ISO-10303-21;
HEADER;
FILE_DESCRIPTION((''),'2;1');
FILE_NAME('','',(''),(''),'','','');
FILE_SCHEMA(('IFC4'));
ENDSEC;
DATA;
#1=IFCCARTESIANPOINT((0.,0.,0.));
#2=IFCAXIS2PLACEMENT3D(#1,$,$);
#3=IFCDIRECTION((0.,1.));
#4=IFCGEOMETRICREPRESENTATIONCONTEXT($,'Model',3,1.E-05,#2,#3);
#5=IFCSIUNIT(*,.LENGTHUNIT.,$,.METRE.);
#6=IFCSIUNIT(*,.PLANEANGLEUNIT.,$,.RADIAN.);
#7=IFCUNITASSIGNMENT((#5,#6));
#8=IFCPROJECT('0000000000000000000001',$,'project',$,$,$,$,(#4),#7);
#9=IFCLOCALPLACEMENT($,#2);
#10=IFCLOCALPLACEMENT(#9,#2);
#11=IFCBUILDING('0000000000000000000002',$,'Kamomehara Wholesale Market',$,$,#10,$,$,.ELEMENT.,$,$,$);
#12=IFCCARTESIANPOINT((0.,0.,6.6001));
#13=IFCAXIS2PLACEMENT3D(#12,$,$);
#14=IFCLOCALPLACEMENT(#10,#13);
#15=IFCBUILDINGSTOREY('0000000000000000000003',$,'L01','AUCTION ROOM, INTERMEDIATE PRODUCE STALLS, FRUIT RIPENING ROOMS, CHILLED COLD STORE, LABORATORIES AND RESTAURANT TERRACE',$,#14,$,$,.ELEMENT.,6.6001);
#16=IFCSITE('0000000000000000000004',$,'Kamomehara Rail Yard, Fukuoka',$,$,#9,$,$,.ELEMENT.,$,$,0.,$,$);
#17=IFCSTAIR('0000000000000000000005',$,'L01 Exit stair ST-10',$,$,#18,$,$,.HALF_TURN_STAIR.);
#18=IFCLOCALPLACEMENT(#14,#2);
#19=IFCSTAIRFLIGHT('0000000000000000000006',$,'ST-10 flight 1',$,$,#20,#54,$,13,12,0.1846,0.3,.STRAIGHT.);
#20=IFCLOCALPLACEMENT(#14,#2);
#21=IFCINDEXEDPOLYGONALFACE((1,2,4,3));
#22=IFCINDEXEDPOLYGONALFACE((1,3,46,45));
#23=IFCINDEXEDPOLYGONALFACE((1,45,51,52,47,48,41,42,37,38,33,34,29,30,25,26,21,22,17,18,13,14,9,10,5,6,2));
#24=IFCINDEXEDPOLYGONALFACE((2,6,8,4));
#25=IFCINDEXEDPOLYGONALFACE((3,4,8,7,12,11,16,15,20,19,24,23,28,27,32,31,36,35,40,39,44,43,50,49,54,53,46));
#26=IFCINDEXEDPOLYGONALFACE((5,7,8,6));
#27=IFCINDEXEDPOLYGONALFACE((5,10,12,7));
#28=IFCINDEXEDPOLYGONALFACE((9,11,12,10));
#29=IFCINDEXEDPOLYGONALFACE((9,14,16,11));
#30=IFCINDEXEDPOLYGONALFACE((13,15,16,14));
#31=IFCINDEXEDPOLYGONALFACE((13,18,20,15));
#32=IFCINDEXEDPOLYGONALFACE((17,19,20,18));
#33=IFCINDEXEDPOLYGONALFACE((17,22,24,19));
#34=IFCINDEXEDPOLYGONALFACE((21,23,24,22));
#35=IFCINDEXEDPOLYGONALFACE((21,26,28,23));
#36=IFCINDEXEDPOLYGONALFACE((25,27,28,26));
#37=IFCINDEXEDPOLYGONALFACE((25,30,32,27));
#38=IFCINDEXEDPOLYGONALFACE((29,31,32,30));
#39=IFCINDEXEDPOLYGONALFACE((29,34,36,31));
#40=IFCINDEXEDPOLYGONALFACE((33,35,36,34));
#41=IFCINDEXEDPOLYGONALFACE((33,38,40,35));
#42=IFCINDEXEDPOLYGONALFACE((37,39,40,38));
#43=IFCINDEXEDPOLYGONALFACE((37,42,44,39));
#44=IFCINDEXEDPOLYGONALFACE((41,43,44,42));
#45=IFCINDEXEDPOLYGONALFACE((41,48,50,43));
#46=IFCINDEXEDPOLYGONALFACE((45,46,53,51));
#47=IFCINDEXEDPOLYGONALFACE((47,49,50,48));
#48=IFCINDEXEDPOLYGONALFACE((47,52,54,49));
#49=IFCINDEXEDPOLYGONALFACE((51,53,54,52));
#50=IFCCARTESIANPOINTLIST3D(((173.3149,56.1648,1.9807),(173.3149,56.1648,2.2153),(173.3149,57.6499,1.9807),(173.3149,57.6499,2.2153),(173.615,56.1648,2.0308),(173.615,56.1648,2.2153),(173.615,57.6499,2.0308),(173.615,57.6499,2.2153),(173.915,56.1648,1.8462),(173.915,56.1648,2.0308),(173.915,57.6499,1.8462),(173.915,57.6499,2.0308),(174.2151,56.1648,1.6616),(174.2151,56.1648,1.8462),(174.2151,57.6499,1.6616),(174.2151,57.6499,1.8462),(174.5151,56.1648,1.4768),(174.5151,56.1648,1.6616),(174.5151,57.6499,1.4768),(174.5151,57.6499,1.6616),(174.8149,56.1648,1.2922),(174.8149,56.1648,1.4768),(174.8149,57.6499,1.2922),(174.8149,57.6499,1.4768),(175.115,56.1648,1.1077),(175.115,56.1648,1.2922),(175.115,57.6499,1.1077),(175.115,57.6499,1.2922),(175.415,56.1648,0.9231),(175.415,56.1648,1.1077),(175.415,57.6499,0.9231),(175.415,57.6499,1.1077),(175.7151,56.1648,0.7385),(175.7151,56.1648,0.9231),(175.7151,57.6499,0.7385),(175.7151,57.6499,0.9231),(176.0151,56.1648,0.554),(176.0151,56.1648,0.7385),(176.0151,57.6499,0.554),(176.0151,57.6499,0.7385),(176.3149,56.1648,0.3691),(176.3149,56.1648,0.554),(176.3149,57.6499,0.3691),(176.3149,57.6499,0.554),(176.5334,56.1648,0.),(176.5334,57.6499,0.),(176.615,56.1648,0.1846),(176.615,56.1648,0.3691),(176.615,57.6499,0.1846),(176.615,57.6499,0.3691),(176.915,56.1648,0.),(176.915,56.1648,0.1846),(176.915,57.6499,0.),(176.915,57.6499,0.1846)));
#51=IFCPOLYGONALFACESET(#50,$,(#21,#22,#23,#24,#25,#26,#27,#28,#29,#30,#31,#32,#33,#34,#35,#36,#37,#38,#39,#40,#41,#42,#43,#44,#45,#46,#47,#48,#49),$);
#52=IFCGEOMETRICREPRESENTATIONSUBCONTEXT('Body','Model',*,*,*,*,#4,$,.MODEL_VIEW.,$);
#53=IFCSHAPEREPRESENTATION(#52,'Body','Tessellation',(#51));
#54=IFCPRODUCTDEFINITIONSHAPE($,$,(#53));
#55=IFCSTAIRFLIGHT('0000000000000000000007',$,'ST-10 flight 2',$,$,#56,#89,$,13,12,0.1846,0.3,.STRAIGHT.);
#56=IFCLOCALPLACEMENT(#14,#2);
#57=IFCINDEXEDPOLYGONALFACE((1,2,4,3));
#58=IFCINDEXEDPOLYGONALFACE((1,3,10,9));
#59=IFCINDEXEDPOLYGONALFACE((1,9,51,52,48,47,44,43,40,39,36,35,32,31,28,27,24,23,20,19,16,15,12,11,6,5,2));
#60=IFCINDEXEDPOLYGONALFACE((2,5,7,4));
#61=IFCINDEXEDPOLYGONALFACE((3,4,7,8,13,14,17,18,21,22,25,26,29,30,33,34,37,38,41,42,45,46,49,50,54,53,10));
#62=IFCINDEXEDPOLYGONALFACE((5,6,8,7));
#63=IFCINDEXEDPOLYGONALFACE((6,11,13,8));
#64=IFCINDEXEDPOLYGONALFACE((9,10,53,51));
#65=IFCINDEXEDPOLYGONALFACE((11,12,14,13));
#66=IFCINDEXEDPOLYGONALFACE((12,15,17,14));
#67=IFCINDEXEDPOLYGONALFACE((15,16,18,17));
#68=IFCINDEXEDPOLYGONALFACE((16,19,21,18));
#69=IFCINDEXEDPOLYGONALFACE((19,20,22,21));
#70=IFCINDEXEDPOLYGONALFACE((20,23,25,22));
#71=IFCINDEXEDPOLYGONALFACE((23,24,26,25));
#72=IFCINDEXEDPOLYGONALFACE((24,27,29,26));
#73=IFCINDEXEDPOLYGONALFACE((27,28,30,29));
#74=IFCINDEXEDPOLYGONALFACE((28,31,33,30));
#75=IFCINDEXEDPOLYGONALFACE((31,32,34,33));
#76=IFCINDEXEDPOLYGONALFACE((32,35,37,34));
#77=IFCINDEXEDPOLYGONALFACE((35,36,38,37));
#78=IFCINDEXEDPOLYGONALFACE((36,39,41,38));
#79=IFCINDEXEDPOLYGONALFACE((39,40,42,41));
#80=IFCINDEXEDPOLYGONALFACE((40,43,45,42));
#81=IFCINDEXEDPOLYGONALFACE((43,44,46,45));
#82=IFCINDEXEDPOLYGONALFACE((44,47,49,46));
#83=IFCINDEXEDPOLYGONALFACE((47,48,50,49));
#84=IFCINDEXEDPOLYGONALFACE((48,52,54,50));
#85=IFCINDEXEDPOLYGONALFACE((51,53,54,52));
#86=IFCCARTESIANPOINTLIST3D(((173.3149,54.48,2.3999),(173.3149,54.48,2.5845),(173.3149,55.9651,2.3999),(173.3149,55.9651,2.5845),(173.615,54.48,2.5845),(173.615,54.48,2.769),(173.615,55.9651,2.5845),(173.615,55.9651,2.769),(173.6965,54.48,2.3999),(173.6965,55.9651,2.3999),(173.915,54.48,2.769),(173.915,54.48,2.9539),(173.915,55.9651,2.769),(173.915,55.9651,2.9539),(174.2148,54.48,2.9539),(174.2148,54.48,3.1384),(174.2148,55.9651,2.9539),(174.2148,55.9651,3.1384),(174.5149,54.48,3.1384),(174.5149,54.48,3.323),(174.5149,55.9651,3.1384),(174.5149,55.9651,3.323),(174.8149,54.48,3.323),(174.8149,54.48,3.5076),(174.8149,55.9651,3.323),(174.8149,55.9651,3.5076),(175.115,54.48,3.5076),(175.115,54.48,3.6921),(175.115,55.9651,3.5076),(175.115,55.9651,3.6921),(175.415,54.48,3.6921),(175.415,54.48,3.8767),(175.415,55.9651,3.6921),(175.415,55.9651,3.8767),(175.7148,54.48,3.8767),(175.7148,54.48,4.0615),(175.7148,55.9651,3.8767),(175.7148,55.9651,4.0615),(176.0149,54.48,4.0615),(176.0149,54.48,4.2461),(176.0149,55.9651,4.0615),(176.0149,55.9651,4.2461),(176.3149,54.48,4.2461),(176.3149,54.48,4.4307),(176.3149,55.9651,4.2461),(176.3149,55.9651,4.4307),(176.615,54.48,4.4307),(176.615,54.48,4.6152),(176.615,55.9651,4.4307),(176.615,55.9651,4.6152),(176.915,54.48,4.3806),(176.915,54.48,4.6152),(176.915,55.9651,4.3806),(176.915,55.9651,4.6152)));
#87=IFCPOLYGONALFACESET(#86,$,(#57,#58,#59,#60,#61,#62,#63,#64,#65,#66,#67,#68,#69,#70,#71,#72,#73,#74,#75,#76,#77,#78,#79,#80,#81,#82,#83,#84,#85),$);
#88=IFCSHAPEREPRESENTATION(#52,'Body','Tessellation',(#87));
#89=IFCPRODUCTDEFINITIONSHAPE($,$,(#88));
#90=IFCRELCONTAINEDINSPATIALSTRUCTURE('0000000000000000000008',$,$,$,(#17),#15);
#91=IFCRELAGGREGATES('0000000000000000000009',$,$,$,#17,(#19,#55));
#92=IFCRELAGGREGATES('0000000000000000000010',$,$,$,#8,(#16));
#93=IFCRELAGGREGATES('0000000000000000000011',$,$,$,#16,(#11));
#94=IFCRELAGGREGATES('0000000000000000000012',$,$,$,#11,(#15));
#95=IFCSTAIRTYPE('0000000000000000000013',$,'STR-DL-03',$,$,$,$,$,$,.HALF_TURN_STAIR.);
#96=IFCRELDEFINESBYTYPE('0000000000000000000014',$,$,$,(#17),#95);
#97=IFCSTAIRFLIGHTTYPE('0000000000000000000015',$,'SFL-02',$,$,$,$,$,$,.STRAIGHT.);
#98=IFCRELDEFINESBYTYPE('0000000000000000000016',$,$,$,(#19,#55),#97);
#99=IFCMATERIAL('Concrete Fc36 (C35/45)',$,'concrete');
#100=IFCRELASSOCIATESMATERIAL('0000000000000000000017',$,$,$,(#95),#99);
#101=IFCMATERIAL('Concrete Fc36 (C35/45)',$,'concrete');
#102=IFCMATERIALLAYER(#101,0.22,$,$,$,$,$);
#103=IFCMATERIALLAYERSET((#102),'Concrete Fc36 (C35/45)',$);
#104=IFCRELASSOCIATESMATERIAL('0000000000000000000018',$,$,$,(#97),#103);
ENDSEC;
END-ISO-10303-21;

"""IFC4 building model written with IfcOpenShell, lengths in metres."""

from ifc_helpers import new_model, si_unit, direction, frame, origin, place, context, subcontext, project, spatial, polyline, outline, extrude, material, layer, layer_set, type_object, element, aggregate, save


model = new_model("IFC4")

# Units and contexts
model_context = context("Model", 3, precision=1e-05, world=origin(), true_north=direction((0.0, 1.0)))
body_context = subcontext(model_context, "Body", "Model", "MODEL_VIEW")
ifc_project = project(units=[si_unit("LENGTHUNIT", "METRE"), si_unit("PLANEANGLEUNIT", "RADIAN")], contexts=[model_context])

# Site, building, storey
site_placement = place(None, origin())
site = spatial("IfcSite", under=ifc_project, at=site_placement, Name="Kamomehara Rail Yard, Fukuoka", CompositionType="ELEMENT", RefElevation=0.0)
building_placement = place(site_placement, origin())
building = spatial("IfcBuilding", under=site, at=building_placement, Name="Kamomehara Wholesale Market", CompositionType="ELEMENT")
storey_placement = place(building_placement, frame((0.0, 0.0, 6.6001)))
storey = spatial("IfcBuildingStorey", under=building, at=storey_placement, Name="L01", Description="AUCTION ROOM, INTERMEDIATE PRODUCE STALLS, FRUIT RIPENING ROOMS, CHILLED COLD STORE, LABORATORIES AND RESTAURANT TERRACE", CompositionType="ELEMENT", Elevation=6.6001)

# Stair, stair flights
ifc_material_1 = material(Name="Concrete Fc36 (C35/45)", Category="concrete")
stair_type = type_object("IfcStairType", Name="STR-DL-03", PredefinedType="HALF_TURN_STAIR", material=ifc_material_1)
stair_placement = place(storey_placement, origin())
stair = element("IfcStair", 1, at=stair_placement, inside=storey, type_object=stair_type, Name="L01 Exit stair ST-10", PredefinedType="HALF_TURN_STAIR")
ifc_material_2 = material(Name="Concrete Fc36 (C35/45)", Category="concrete")
ifc_layer_1 = layer(ifc_material_2, 0.22)
ifc_layer_set_1 = layer_set([ifc_layer_1], Name="Concrete Fc36 (C35/45)")
stair_flight_type = type_object("IfcStairFlightType", Name="SFL-02", PredefinedType="STRAIGHT", material=ifc_layer_set_1)
stair_flight_1_placement = place(storey_placement, frame((176.915, 56.9075, 0.0), z_axis=(0.0, 0.0, 1.0), x_axis=(-1.0, 0.0, 0.0)))
stair_flight_1 = element("IfcStairFlight", 2, at=stair_flight_1_placement, type_object=stair_flight_type, Name="ST-10 flight 1", NumberOfRisers=13, NumberOfTreads=12, PredefinedType="STRAIGHT", RiserHeight=0.1846, TreadLength=0.3, context=body_context, shape_type="SweptSolid", body=[
    extrude(outline(polyline([(0.0, 0.0), (0.0, 0.1846), (0.3, 0.1846), (0.3, 0.3691), (0.6001, 0.3691), (0.6001, 0.554), (0.8999, 0.554), (0.8999, 0.7385), (1.2, 0.7385), (1.2, 0.9231), (1.5, 0.9231), (1.5, 1.1077), (1.8, 1.1077), (1.8, 1.2922), (2.1001, 1.2922), (2.1001, 1.4768), (2.3999, 1.4768), (2.3999, 1.6616), (2.7, 1.6616), (2.7, 1.8462), (3.0, 1.8462), (3.0, 2.0308), (3.3, 2.0308), (3.3, 2.2153), (3.6001, 2.2153), (3.6001, 2.3999), (3.6001, 1.9807), (0.3816, 0.0), (0.0, 0.0)])), frame((0.0, 0.7427, 0.0), z_axis=(0.0, -1.0, 0.0), x_axis=(1.0, 0.0, 0.0)), (0.0, 0.0, 1.0), 1.4851),
])
stair_flight_2_placement = place(storey_placement, frame((173.3149, 55.2224, 2.3999), z_axis=(0.0, 0.0, 1.0), x_axis=(1.0, 0.0, 0.0)))
stair_flight_2 = element("IfcStairFlight", 3, at=stair_flight_2_placement, type_object=stair_flight_type, Name="ST-10 flight 2", NumberOfRisers=13, NumberOfTreads=12, PredefinedType="STRAIGHT", RiserHeight=0.1846, TreadLength=0.3, context=body_context, shape_type="SweptSolid", body=[
    extrude(outline(polyline([(0.0, 0.0), (0.0, 0.1846), (0.3, 0.1846), (0.3, 0.3691), (0.6001, 0.3691), (0.6001, 0.554), (0.8999, 0.554), (0.8999, 0.7385), (1.2, 0.7385), (1.2, 0.9231), (1.5, 0.9231), (1.5, 1.1077), (1.8, 1.1077), (1.8, 1.2922), (2.1001, 1.2922), (2.1001, 1.4768), (2.3999, 1.4768), (2.3999, 1.6616), (2.7, 1.6616), (2.7, 1.8462), (3.0, 1.8462), (3.0, 2.0308), (3.3, 2.0308), (3.3, 2.2153), (3.6001, 2.2153), (3.6001, 2.3999), (3.6001, 1.9807), (0.3816, 0.0), (0.0, 0.0)])), frame((0.0, 0.7427, 0.0), z_axis=(0.0, -1.0, 0.0), x_axis=(1.0, 0.0, 0.0)), (0.0, 0.0, 1.0), 1.4851),
])
aggregate(stair, [stair_flight_1, stair_flight_2])

save(model, "model.ifc")
